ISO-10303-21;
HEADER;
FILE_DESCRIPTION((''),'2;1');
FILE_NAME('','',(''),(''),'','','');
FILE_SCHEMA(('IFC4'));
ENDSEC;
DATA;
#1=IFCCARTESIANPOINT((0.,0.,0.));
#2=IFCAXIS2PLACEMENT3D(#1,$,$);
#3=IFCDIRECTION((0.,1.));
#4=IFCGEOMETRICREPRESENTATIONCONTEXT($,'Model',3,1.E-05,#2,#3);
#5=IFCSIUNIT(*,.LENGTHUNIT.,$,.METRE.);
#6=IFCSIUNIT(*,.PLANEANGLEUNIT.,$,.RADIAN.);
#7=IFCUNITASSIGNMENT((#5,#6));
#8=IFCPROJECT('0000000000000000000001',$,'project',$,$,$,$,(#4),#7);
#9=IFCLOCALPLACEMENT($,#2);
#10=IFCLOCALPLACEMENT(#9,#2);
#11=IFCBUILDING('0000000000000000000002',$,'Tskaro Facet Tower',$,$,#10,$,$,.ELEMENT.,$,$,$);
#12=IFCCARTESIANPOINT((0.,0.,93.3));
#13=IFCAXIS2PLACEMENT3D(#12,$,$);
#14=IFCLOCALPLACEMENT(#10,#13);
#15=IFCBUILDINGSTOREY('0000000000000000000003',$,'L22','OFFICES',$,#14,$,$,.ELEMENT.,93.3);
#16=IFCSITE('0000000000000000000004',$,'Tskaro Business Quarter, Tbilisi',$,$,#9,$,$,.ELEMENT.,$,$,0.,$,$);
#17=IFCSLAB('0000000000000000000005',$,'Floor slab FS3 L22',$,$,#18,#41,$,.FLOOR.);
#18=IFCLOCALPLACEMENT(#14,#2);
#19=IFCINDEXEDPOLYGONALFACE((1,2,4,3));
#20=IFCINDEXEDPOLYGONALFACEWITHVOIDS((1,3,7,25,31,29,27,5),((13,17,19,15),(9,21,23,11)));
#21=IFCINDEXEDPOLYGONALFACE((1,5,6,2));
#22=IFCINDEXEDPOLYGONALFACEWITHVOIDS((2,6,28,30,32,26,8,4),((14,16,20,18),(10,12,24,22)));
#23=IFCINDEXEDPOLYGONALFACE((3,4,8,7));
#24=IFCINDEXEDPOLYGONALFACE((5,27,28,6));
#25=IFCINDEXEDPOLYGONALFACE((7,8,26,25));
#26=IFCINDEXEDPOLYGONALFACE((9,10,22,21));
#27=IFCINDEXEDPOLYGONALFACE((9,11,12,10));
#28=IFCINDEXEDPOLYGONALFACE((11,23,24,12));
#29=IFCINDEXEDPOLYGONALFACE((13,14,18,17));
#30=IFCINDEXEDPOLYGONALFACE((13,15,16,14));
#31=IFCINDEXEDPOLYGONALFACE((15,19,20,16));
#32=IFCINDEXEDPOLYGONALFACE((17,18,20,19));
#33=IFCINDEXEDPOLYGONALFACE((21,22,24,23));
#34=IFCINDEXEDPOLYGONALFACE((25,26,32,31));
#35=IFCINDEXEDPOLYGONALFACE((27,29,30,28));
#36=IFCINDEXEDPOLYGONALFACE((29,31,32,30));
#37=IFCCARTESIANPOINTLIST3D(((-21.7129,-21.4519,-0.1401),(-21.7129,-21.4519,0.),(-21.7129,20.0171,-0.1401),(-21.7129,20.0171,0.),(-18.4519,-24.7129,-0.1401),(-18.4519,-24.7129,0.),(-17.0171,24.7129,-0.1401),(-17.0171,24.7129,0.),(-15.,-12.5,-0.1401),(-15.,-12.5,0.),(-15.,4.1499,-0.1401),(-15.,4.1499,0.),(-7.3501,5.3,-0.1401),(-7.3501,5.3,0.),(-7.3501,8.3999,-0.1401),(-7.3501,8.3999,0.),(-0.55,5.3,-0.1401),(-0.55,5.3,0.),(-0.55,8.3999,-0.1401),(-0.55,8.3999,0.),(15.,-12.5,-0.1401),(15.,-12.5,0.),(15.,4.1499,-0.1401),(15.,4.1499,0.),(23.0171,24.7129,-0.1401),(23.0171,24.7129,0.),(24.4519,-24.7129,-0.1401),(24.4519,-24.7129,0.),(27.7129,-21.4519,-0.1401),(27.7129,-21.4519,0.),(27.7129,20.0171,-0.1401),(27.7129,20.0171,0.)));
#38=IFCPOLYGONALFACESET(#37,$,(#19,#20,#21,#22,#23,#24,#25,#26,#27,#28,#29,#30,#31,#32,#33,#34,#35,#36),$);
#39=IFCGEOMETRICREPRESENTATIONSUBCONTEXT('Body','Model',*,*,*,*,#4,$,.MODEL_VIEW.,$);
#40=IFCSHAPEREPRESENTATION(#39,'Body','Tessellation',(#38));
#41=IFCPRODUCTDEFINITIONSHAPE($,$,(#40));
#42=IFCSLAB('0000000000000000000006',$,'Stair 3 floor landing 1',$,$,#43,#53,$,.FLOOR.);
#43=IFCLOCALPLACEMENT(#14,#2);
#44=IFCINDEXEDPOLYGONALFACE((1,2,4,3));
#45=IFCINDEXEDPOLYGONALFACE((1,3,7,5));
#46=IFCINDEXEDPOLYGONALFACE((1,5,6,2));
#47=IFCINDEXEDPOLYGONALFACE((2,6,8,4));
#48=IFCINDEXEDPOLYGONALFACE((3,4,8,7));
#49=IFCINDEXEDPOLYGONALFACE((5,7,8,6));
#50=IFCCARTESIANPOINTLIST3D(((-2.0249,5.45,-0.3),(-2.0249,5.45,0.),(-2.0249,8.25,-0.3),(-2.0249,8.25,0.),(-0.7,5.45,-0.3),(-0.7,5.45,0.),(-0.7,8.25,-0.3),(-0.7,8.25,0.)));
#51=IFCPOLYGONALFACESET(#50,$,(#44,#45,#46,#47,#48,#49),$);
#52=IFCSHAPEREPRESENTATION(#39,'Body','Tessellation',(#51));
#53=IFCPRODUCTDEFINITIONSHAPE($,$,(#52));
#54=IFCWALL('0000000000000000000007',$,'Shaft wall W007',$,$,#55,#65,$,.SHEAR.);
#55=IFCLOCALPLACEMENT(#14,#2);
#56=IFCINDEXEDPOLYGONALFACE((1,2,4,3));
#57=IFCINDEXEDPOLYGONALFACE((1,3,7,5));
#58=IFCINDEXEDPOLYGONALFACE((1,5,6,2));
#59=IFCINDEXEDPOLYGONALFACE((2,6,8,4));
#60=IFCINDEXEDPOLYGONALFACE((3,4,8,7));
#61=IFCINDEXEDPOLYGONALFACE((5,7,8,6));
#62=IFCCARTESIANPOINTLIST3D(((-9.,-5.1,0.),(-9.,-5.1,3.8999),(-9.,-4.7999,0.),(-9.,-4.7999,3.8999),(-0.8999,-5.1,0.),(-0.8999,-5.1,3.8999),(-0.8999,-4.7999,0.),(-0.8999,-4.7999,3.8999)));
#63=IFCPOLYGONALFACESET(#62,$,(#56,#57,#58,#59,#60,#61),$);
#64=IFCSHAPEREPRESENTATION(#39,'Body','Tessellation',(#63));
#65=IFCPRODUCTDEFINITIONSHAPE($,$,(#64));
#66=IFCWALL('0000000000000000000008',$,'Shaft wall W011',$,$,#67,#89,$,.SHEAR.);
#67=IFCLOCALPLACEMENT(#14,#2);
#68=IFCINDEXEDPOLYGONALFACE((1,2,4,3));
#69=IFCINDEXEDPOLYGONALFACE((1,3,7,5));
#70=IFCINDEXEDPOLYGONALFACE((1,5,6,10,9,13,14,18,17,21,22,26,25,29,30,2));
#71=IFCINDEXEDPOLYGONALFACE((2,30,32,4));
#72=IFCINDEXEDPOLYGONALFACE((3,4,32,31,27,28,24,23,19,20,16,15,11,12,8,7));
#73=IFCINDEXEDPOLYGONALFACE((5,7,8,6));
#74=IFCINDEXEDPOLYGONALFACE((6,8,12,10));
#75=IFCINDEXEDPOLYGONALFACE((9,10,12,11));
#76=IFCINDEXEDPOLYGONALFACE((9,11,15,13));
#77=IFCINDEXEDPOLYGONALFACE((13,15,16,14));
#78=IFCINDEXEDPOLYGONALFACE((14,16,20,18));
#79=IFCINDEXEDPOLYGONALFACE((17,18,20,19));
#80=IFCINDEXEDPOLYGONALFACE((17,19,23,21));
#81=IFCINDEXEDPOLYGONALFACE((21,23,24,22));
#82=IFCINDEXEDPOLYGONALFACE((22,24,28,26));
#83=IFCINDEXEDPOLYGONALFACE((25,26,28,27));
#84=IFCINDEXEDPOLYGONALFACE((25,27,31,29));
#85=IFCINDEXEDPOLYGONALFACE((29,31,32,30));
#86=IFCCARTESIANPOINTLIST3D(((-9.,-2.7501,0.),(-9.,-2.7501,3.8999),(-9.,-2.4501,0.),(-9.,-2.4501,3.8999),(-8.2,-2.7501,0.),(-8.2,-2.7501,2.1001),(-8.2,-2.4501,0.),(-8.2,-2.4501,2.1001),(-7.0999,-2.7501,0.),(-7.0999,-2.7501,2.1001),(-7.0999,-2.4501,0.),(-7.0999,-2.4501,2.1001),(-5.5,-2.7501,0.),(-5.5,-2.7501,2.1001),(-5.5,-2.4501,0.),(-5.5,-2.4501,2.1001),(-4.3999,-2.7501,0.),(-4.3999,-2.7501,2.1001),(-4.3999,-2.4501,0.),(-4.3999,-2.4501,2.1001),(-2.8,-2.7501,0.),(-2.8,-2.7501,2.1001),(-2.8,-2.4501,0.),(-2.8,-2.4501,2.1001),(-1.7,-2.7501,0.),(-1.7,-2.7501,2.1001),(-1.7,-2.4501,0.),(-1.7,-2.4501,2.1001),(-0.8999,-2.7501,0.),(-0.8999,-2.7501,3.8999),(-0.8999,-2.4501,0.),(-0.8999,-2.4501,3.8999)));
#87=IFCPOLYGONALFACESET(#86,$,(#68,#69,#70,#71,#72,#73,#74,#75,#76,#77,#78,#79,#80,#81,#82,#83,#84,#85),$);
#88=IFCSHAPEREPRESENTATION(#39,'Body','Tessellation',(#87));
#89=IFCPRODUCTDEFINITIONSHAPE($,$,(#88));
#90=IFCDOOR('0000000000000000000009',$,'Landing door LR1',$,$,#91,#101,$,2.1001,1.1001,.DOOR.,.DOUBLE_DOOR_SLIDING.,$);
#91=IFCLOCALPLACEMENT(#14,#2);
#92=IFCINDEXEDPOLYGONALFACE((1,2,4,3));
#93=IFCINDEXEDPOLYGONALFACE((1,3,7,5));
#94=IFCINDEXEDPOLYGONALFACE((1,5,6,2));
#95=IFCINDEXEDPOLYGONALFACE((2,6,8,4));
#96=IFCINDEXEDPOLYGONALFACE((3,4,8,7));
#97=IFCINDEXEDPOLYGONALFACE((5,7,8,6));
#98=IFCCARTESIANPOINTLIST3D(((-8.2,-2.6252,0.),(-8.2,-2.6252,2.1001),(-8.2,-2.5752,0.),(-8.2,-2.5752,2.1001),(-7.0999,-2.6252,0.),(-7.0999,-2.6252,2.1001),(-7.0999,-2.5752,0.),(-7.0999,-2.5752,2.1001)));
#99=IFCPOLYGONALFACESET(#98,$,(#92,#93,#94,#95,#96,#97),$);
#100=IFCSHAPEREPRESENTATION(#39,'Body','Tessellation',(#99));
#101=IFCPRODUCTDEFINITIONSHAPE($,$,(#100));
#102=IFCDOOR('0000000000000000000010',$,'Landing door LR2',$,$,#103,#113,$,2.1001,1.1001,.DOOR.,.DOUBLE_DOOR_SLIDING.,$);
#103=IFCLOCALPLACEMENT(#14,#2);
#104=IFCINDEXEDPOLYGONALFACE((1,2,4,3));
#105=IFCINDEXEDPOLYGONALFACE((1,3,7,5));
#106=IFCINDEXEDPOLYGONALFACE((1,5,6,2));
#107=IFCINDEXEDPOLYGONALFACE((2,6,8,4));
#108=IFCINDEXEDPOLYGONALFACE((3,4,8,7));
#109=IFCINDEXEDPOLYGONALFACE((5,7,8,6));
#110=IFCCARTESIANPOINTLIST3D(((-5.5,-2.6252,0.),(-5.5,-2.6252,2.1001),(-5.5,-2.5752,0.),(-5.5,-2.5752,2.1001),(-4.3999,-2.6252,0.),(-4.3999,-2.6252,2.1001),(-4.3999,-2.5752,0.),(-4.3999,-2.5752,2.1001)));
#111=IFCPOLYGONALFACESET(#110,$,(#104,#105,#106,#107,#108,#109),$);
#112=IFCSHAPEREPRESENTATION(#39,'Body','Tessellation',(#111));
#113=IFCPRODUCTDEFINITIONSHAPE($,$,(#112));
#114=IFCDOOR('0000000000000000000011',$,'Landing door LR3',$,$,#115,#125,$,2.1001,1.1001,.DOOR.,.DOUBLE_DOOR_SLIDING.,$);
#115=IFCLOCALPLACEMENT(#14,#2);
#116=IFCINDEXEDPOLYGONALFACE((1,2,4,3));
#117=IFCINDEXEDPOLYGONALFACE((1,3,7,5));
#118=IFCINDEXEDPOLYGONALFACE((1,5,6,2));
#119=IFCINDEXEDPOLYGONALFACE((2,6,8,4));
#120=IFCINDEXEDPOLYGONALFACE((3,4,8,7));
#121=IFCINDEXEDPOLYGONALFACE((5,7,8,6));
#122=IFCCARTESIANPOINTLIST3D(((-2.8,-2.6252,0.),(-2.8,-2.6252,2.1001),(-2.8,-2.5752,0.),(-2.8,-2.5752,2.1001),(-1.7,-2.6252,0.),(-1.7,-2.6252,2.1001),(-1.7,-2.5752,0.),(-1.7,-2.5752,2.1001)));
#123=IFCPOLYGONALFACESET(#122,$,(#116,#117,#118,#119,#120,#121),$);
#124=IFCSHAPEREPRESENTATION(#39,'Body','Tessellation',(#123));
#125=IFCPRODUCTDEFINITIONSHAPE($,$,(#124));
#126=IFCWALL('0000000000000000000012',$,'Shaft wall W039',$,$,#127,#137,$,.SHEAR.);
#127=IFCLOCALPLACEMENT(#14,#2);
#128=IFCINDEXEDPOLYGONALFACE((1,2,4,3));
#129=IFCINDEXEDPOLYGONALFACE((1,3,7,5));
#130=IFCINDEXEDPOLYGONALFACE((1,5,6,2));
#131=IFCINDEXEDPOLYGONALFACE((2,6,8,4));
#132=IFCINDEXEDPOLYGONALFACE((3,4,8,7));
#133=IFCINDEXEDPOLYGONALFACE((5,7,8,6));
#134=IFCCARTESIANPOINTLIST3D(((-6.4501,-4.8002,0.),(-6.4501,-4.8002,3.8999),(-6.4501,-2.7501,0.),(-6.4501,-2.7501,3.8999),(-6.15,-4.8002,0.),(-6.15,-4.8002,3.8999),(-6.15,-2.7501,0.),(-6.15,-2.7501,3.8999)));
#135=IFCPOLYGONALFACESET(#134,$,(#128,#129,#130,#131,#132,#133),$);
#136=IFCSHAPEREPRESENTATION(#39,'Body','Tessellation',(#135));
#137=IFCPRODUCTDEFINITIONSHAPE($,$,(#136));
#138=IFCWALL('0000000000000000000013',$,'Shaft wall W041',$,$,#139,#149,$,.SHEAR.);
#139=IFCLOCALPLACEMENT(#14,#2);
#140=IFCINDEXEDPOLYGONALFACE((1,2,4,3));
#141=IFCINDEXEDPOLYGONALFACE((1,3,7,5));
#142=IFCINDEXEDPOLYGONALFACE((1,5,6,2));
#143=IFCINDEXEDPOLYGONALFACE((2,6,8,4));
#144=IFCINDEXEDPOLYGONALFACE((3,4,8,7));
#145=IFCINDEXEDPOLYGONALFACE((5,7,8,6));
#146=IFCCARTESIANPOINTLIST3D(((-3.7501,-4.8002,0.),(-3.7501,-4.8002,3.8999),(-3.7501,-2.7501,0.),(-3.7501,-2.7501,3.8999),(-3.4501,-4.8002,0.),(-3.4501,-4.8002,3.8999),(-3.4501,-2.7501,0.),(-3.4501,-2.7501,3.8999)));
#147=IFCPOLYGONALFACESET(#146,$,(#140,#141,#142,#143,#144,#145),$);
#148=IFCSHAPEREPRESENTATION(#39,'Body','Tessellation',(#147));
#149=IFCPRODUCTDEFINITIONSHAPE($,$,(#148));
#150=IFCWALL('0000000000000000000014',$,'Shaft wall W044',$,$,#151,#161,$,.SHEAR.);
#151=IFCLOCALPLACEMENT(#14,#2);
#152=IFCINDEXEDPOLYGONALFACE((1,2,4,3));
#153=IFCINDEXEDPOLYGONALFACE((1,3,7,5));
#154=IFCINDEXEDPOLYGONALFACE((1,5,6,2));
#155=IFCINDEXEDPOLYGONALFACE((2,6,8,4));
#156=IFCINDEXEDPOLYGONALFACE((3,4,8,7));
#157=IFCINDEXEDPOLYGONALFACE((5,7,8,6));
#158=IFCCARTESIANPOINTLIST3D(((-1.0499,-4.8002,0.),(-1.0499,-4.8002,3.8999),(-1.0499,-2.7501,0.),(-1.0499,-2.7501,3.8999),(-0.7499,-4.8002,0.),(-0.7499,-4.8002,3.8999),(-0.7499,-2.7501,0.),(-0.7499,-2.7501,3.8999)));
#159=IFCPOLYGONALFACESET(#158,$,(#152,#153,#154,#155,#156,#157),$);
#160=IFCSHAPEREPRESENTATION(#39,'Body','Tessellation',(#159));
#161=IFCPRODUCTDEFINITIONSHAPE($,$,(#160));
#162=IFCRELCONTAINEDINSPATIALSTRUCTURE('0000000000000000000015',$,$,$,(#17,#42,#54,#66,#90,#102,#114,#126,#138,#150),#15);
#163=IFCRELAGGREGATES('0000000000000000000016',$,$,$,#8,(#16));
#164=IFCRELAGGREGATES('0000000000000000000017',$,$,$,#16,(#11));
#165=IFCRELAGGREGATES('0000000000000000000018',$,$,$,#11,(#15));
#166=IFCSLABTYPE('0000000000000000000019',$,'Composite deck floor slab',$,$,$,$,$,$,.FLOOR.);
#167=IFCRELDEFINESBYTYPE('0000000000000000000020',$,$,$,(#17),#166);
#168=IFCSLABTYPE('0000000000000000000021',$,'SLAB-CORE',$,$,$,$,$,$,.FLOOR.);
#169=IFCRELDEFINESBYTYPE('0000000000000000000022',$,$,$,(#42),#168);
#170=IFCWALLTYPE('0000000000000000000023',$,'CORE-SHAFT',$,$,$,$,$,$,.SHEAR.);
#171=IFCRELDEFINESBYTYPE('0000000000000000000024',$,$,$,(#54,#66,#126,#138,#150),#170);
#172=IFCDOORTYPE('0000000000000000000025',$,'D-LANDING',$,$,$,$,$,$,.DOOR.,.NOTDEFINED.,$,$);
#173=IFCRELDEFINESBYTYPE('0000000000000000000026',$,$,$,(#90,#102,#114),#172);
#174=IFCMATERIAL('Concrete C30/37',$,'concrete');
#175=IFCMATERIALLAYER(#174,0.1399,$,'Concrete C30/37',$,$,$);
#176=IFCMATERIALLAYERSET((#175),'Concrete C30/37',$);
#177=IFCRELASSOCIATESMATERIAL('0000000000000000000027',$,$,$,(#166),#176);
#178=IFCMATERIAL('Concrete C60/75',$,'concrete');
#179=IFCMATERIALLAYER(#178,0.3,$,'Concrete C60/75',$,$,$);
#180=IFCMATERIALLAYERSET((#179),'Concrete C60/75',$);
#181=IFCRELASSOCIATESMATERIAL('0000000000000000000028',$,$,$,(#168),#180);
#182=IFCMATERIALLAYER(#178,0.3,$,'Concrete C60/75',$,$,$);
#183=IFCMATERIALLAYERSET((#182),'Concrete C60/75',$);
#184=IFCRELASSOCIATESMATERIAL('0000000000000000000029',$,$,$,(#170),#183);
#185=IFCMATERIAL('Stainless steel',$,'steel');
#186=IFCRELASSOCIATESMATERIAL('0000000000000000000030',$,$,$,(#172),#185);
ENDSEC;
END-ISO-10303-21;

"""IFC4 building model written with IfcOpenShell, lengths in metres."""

from ifc_helpers import new_model, si_unit, direction, frame, frame_2d, origin, place, context, subcontext, project, spatial, polyline, rectangle, outline, extrude, material, layer, layer_set, type_object, element, fill, save


model = new_model("IFC4")

# Units and contexts
model_context = context("Model", 3, precision=1e-05, world=origin(), true_north=direction((0.0, 1.0)))
body_context = subcontext(model_context, "Body", "Model", "MODEL_VIEW")
ifc_project = project(units=[si_unit("LENGTHUNIT", "METRE"), si_unit("PLANEANGLEUNIT", "RADIAN")], contexts=[model_context])

# Site, building, storey
site_placement = place(None, origin())
site = spatial("IfcSite", under=ifc_project, at=site_placement, Name="Tskaro Business Quarter, Tbilisi", CompositionType="ELEMENT", RefElevation=0.0)
building_placement = place(site_placement, origin())
building = spatial("IfcBuilding", under=site, at=building_placement, Name="Tskaro Facet Tower", CompositionType="ELEMENT")
storey_placement = place(building_placement, frame((0.0, 0.0, 93.3)))
storey = spatial("IfcBuildingStorey", under=building, at=storey_placement, Name="L22", Description="OFFICES", CompositionType="ELEMENT", Elevation=93.3)

# Slabs
ifc_material_1 = material(Name="Concrete C30/37", Category="concrete")
ifc_layer_1 = layer(ifc_material_1, 0.1399, Name="Concrete C30/37")
ifc_layer_set_1 = layer_set([ifc_layer_1], Name="Concrete C30/37")
slab_type_1 = type_object("IfcSlabType", Name="Composite deck floor slab", PredefinedType="FLOOR", material=ifc_layer_set_1)
slab_1_placement = place(storey_placement, frame((0.0, 0.0, -0.1401)))
element("IfcSlab", 1, at=slab_1_placement, inside=storey, type_object=slab_type_1, Name="Floor slab FS3 L22", PredefinedType="FLOOR", context=body_context, shape_type="SweptSolid", body=[
    extrude(outline(polyline([(-18.4519, -24.7129), (24.4519, -24.7129), (27.7129, -21.4519), (27.7129, 20.0171), (23.0171, 24.7129), (-17.0171, 24.7129), (-21.7129, 20.0171), (-21.7129, -21.4519), (-18.4519, -24.7129)]), holes=[polyline([(-15.0, -12.5), (15.0, -12.5), (15.0, 4.1499), (-15.0, 4.1499), (-15.0, -12.5)]), polyline([(-7.3501, 5.3), (-0.55, 5.3), (-0.55, 8.3999), (-7.3501, 8.3999), (-7.3501, 5.3)])]), origin(), (0.0, 0.0, 1.0), 0.1401),
])
ifc_material_2 = material(Name="Concrete C60/75", Category="concrete")
ifc_layer_2 = layer(ifc_material_2, 0.3, Name="Concrete C60/75")
ifc_layer_set_2 = layer_set([ifc_layer_2], Name="Concrete C60/75")
slab_type_2 = type_object("IfcSlabType", Name="SLAB-CORE", PredefinedType="FLOOR", material=ifc_layer_set_2)
slab_2_placement = place(storey_placement, frame((0.0, 0.0, -0.3)))
element("IfcSlab", 2, at=slab_2_placement, inside=storey, type_object=slab_type_2, Name="Stair 3 floor landing 1", PredefinedType="FLOOR", context=body_context, shape_type="SweptSolid", body=[
    extrude(outline(polyline([(-2.0249, 5.45), (-0.7, 5.45), (-0.7, 8.25), (-2.0249, 8.25), (-2.0249, 5.45)])), origin(), (0.0, 0.0, 1.0), 0.3),
])

# Wall
ifc_layer_3 = layer(ifc_material_2, 0.3, Name="Concrete C60/75")
ifc_layer_set_3 = layer_set([ifc_layer_3], Name="Concrete C60/75")
wall_type = type_object("IfcWallType", Name="CORE-SHAFT", PredefinedType="SHEAR", material=ifc_layer_set_3)
wall_1_placement = place(storey_placement, frame((-9.0, -4.95, 0.0), z_axis=(0.0, 0.0, 1.0), x_axis=(1.0, 0.0, 0.0)))
element("IfcWall", 3, at=wall_1_placement, inside=storey, type_object=wall_type, Name="Shaft wall W007", PredefinedType="SHEAR", context=body_context, shape_type="SweptSolid", body=[
    extrude(rectangle(XDim=8.1001, YDim=0.3, at=frame_2d((4.05, 0.0))), origin(), (0.0, 0.0, 1.0), 3.8999),
])

# Wall, openings, doors
wall_2_placement = place(storey_placement, frame((-9.0, -2.6001, 0.0), z_axis=(0.0, 0.0, 1.0), x_axis=(1.0, 0.0, 0.0)))
wall_2 = element("IfcWall", 4, at=wall_2_placement, inside=storey, type_object=wall_type, Name="Shaft wall W011", PredefinedType="SHEAR", context=body_context, shape_type="SweptSolid", body=[
    extrude(rectangle(XDim=8.1001, YDim=0.3, at=frame_2d((4.05, 0.0))), origin(), (0.0, 0.0, 1.0), 3.8999),
])
opening_1_placement = place(wall_2_placement, frame((0.8, 0.0, 0.0)))
opening_1 = element("IfcOpeningElement", 5, at=opening_1_placement, cuts=wall_2, PredefinedType="OPENING", context=body_context, shape_type="SweptSolid", body=[
    extrude(rectangle(XDim=1.1001, YDim=2.1001, at=frame_2d((0.55, 1.05))), frame((0.0, 0.1599, 0.0), z_axis=(0.0, -1.0, 0.0), x_axis=(1.0, 0.0, 0.0)), (0.0, 0.0, 1.0), 0.3201),
])
opening_2_placement = place(wall_2_placement, frame((3.5, 0.0, 0.0)))
opening_2 = element("IfcOpeningElement", 6, at=opening_2_placement, cuts=wall_2, PredefinedType="OPENING", context=body_context, shape_type="SweptSolid", body=[
    extrude(rectangle(XDim=1.1001, YDim=2.1001, at=frame_2d((0.55, 1.05))), frame((0.0, 0.1599, 0.0), z_axis=(0.0, -1.0, 0.0), x_axis=(1.0, 0.0, 0.0)), (0.0, 0.0, 1.0), 0.3201),
])
opening_3_placement = place(wall_2_placement, frame((6.2, 0.0, 0.0)))
opening_3 = element("IfcOpeningElement", 7, at=opening_3_placement, cuts=wall_2, PredefinedType="OPENING", context=body_context, shape_type="SweptSolid", body=[
    extrude(rectangle(XDim=1.1001, YDim=2.1001, at=frame_2d((0.55, 1.05))), frame((0.0, 0.1599, 0.0), z_axis=(0.0, -1.0, 0.0), x_axis=(1.0, 0.0, 0.0)), (0.0, 0.0, 1.0), 0.3201),
])
ifc_material_3 = material(Name="Stainless steel", Category="steel")
door_type = type_object("IfcDoorType", Name="D-LANDING", OperationType="NOTDEFINED", PredefinedType="DOOR", material=ifc_material_3)
door_1_placement = place(opening_1_placement, origin())
door_1 = element("IfcDoor", 8, at=door_1_placement, inside=storey, type_object=door_type, Name="Landing door LR1", OperationType="DOUBLE_DOOR_SLIDING", OverallHeight=2.1001, OverallWidth=1.1001, PredefinedType="DOOR", context=body_context, shape_type="SweptSolid", body=[
    extrude(rectangle(XDim=1.1001, YDim=2.1001, at=frame_2d((0.55, 1.05))), frame((0.0, 0.0249, 0.0), z_axis=(0.0, -1.0, 0.0), x_axis=(1.0, 0.0, 0.0)), (0.0, 0.0, 1.0), 0.05),
])
fill(opening_1, door_1)
door_2_placement = place(opening_2_placement, origin())
door_2 = element("IfcDoor", 9, at=door_2_placement, inside=storey, type_object=door_type, Name="Landing door LR2", OperationType="DOUBLE_DOOR_SLIDING", OverallHeight=2.1001, OverallWidth=1.1001, PredefinedType="DOOR", context=body_context, shape_type="SweptSolid", body=[
    extrude(rectangle(XDim=1.1001, YDim=2.1001, at=frame_2d((0.55, 1.05))), frame((0.0, 0.0249, 0.0), z_axis=(0.0, -1.0, 0.0), x_axis=(1.0, 0.0, 0.0)), (0.0, 0.0, 1.0), 0.05),
])
fill(opening_2, door_2)
door_3_placement = place(opening_3_placement, origin())
door_3 = element("IfcDoor", 10, at=door_3_placement, inside=storey, type_object=door_type, Name="Landing door LR3", OperationType="DOUBLE_DOOR_SLIDING", OverallHeight=2.1001, OverallWidth=1.1001, PredefinedType="DOOR", context=body_context, shape_type="SweptSolid", body=[
    extrude(rectangle(XDim=1.1001, YDim=2.1001, at=frame_2d((0.55, 1.05))), frame((0.0, 0.0249, 0.0), z_axis=(0.0, -1.0, 0.0), x_axis=(1.0, 0.0, 0.0)), (0.0, 0.0, 1.0), 0.05),
])
fill(opening_3, door_3)

# Walls
for number, where, z_axis, x_axis, name in (
    (11, (-6.3, -4.8, 0.0), (0.0, 0.0, 1.0), (0.0, 1.0, 0.0), "Shaft wall W039"),
    (12, (-3.6001, -4.8, 0.0), (0.0, 0.0, 1.0), (0.0, 1.0, 0.0), "Shaft wall W041"),
    (13, (-0.8999, -4.8, 0.0), (0.0, 0.0, 1.0), (0.0, 1.0, 0.0), "Shaft wall W044"),
):
    element("IfcWall", number, at=place(storey_placement, frame(where, z_axis=z_axis, x_axis=x_axis)), inside=storey, type_object=wall_type, Name=name, PredefinedType="SHEAR", context=body_context, shape_type="SweptSolid", body=[
        extrude(rectangle(XDim=2.05, YDim=0.3, at=frame_2d((1.0249, 0.0))), origin(), (0.0, 0.0, 1.0), 3.8999),
    ])

save(model, "model.ifc")
